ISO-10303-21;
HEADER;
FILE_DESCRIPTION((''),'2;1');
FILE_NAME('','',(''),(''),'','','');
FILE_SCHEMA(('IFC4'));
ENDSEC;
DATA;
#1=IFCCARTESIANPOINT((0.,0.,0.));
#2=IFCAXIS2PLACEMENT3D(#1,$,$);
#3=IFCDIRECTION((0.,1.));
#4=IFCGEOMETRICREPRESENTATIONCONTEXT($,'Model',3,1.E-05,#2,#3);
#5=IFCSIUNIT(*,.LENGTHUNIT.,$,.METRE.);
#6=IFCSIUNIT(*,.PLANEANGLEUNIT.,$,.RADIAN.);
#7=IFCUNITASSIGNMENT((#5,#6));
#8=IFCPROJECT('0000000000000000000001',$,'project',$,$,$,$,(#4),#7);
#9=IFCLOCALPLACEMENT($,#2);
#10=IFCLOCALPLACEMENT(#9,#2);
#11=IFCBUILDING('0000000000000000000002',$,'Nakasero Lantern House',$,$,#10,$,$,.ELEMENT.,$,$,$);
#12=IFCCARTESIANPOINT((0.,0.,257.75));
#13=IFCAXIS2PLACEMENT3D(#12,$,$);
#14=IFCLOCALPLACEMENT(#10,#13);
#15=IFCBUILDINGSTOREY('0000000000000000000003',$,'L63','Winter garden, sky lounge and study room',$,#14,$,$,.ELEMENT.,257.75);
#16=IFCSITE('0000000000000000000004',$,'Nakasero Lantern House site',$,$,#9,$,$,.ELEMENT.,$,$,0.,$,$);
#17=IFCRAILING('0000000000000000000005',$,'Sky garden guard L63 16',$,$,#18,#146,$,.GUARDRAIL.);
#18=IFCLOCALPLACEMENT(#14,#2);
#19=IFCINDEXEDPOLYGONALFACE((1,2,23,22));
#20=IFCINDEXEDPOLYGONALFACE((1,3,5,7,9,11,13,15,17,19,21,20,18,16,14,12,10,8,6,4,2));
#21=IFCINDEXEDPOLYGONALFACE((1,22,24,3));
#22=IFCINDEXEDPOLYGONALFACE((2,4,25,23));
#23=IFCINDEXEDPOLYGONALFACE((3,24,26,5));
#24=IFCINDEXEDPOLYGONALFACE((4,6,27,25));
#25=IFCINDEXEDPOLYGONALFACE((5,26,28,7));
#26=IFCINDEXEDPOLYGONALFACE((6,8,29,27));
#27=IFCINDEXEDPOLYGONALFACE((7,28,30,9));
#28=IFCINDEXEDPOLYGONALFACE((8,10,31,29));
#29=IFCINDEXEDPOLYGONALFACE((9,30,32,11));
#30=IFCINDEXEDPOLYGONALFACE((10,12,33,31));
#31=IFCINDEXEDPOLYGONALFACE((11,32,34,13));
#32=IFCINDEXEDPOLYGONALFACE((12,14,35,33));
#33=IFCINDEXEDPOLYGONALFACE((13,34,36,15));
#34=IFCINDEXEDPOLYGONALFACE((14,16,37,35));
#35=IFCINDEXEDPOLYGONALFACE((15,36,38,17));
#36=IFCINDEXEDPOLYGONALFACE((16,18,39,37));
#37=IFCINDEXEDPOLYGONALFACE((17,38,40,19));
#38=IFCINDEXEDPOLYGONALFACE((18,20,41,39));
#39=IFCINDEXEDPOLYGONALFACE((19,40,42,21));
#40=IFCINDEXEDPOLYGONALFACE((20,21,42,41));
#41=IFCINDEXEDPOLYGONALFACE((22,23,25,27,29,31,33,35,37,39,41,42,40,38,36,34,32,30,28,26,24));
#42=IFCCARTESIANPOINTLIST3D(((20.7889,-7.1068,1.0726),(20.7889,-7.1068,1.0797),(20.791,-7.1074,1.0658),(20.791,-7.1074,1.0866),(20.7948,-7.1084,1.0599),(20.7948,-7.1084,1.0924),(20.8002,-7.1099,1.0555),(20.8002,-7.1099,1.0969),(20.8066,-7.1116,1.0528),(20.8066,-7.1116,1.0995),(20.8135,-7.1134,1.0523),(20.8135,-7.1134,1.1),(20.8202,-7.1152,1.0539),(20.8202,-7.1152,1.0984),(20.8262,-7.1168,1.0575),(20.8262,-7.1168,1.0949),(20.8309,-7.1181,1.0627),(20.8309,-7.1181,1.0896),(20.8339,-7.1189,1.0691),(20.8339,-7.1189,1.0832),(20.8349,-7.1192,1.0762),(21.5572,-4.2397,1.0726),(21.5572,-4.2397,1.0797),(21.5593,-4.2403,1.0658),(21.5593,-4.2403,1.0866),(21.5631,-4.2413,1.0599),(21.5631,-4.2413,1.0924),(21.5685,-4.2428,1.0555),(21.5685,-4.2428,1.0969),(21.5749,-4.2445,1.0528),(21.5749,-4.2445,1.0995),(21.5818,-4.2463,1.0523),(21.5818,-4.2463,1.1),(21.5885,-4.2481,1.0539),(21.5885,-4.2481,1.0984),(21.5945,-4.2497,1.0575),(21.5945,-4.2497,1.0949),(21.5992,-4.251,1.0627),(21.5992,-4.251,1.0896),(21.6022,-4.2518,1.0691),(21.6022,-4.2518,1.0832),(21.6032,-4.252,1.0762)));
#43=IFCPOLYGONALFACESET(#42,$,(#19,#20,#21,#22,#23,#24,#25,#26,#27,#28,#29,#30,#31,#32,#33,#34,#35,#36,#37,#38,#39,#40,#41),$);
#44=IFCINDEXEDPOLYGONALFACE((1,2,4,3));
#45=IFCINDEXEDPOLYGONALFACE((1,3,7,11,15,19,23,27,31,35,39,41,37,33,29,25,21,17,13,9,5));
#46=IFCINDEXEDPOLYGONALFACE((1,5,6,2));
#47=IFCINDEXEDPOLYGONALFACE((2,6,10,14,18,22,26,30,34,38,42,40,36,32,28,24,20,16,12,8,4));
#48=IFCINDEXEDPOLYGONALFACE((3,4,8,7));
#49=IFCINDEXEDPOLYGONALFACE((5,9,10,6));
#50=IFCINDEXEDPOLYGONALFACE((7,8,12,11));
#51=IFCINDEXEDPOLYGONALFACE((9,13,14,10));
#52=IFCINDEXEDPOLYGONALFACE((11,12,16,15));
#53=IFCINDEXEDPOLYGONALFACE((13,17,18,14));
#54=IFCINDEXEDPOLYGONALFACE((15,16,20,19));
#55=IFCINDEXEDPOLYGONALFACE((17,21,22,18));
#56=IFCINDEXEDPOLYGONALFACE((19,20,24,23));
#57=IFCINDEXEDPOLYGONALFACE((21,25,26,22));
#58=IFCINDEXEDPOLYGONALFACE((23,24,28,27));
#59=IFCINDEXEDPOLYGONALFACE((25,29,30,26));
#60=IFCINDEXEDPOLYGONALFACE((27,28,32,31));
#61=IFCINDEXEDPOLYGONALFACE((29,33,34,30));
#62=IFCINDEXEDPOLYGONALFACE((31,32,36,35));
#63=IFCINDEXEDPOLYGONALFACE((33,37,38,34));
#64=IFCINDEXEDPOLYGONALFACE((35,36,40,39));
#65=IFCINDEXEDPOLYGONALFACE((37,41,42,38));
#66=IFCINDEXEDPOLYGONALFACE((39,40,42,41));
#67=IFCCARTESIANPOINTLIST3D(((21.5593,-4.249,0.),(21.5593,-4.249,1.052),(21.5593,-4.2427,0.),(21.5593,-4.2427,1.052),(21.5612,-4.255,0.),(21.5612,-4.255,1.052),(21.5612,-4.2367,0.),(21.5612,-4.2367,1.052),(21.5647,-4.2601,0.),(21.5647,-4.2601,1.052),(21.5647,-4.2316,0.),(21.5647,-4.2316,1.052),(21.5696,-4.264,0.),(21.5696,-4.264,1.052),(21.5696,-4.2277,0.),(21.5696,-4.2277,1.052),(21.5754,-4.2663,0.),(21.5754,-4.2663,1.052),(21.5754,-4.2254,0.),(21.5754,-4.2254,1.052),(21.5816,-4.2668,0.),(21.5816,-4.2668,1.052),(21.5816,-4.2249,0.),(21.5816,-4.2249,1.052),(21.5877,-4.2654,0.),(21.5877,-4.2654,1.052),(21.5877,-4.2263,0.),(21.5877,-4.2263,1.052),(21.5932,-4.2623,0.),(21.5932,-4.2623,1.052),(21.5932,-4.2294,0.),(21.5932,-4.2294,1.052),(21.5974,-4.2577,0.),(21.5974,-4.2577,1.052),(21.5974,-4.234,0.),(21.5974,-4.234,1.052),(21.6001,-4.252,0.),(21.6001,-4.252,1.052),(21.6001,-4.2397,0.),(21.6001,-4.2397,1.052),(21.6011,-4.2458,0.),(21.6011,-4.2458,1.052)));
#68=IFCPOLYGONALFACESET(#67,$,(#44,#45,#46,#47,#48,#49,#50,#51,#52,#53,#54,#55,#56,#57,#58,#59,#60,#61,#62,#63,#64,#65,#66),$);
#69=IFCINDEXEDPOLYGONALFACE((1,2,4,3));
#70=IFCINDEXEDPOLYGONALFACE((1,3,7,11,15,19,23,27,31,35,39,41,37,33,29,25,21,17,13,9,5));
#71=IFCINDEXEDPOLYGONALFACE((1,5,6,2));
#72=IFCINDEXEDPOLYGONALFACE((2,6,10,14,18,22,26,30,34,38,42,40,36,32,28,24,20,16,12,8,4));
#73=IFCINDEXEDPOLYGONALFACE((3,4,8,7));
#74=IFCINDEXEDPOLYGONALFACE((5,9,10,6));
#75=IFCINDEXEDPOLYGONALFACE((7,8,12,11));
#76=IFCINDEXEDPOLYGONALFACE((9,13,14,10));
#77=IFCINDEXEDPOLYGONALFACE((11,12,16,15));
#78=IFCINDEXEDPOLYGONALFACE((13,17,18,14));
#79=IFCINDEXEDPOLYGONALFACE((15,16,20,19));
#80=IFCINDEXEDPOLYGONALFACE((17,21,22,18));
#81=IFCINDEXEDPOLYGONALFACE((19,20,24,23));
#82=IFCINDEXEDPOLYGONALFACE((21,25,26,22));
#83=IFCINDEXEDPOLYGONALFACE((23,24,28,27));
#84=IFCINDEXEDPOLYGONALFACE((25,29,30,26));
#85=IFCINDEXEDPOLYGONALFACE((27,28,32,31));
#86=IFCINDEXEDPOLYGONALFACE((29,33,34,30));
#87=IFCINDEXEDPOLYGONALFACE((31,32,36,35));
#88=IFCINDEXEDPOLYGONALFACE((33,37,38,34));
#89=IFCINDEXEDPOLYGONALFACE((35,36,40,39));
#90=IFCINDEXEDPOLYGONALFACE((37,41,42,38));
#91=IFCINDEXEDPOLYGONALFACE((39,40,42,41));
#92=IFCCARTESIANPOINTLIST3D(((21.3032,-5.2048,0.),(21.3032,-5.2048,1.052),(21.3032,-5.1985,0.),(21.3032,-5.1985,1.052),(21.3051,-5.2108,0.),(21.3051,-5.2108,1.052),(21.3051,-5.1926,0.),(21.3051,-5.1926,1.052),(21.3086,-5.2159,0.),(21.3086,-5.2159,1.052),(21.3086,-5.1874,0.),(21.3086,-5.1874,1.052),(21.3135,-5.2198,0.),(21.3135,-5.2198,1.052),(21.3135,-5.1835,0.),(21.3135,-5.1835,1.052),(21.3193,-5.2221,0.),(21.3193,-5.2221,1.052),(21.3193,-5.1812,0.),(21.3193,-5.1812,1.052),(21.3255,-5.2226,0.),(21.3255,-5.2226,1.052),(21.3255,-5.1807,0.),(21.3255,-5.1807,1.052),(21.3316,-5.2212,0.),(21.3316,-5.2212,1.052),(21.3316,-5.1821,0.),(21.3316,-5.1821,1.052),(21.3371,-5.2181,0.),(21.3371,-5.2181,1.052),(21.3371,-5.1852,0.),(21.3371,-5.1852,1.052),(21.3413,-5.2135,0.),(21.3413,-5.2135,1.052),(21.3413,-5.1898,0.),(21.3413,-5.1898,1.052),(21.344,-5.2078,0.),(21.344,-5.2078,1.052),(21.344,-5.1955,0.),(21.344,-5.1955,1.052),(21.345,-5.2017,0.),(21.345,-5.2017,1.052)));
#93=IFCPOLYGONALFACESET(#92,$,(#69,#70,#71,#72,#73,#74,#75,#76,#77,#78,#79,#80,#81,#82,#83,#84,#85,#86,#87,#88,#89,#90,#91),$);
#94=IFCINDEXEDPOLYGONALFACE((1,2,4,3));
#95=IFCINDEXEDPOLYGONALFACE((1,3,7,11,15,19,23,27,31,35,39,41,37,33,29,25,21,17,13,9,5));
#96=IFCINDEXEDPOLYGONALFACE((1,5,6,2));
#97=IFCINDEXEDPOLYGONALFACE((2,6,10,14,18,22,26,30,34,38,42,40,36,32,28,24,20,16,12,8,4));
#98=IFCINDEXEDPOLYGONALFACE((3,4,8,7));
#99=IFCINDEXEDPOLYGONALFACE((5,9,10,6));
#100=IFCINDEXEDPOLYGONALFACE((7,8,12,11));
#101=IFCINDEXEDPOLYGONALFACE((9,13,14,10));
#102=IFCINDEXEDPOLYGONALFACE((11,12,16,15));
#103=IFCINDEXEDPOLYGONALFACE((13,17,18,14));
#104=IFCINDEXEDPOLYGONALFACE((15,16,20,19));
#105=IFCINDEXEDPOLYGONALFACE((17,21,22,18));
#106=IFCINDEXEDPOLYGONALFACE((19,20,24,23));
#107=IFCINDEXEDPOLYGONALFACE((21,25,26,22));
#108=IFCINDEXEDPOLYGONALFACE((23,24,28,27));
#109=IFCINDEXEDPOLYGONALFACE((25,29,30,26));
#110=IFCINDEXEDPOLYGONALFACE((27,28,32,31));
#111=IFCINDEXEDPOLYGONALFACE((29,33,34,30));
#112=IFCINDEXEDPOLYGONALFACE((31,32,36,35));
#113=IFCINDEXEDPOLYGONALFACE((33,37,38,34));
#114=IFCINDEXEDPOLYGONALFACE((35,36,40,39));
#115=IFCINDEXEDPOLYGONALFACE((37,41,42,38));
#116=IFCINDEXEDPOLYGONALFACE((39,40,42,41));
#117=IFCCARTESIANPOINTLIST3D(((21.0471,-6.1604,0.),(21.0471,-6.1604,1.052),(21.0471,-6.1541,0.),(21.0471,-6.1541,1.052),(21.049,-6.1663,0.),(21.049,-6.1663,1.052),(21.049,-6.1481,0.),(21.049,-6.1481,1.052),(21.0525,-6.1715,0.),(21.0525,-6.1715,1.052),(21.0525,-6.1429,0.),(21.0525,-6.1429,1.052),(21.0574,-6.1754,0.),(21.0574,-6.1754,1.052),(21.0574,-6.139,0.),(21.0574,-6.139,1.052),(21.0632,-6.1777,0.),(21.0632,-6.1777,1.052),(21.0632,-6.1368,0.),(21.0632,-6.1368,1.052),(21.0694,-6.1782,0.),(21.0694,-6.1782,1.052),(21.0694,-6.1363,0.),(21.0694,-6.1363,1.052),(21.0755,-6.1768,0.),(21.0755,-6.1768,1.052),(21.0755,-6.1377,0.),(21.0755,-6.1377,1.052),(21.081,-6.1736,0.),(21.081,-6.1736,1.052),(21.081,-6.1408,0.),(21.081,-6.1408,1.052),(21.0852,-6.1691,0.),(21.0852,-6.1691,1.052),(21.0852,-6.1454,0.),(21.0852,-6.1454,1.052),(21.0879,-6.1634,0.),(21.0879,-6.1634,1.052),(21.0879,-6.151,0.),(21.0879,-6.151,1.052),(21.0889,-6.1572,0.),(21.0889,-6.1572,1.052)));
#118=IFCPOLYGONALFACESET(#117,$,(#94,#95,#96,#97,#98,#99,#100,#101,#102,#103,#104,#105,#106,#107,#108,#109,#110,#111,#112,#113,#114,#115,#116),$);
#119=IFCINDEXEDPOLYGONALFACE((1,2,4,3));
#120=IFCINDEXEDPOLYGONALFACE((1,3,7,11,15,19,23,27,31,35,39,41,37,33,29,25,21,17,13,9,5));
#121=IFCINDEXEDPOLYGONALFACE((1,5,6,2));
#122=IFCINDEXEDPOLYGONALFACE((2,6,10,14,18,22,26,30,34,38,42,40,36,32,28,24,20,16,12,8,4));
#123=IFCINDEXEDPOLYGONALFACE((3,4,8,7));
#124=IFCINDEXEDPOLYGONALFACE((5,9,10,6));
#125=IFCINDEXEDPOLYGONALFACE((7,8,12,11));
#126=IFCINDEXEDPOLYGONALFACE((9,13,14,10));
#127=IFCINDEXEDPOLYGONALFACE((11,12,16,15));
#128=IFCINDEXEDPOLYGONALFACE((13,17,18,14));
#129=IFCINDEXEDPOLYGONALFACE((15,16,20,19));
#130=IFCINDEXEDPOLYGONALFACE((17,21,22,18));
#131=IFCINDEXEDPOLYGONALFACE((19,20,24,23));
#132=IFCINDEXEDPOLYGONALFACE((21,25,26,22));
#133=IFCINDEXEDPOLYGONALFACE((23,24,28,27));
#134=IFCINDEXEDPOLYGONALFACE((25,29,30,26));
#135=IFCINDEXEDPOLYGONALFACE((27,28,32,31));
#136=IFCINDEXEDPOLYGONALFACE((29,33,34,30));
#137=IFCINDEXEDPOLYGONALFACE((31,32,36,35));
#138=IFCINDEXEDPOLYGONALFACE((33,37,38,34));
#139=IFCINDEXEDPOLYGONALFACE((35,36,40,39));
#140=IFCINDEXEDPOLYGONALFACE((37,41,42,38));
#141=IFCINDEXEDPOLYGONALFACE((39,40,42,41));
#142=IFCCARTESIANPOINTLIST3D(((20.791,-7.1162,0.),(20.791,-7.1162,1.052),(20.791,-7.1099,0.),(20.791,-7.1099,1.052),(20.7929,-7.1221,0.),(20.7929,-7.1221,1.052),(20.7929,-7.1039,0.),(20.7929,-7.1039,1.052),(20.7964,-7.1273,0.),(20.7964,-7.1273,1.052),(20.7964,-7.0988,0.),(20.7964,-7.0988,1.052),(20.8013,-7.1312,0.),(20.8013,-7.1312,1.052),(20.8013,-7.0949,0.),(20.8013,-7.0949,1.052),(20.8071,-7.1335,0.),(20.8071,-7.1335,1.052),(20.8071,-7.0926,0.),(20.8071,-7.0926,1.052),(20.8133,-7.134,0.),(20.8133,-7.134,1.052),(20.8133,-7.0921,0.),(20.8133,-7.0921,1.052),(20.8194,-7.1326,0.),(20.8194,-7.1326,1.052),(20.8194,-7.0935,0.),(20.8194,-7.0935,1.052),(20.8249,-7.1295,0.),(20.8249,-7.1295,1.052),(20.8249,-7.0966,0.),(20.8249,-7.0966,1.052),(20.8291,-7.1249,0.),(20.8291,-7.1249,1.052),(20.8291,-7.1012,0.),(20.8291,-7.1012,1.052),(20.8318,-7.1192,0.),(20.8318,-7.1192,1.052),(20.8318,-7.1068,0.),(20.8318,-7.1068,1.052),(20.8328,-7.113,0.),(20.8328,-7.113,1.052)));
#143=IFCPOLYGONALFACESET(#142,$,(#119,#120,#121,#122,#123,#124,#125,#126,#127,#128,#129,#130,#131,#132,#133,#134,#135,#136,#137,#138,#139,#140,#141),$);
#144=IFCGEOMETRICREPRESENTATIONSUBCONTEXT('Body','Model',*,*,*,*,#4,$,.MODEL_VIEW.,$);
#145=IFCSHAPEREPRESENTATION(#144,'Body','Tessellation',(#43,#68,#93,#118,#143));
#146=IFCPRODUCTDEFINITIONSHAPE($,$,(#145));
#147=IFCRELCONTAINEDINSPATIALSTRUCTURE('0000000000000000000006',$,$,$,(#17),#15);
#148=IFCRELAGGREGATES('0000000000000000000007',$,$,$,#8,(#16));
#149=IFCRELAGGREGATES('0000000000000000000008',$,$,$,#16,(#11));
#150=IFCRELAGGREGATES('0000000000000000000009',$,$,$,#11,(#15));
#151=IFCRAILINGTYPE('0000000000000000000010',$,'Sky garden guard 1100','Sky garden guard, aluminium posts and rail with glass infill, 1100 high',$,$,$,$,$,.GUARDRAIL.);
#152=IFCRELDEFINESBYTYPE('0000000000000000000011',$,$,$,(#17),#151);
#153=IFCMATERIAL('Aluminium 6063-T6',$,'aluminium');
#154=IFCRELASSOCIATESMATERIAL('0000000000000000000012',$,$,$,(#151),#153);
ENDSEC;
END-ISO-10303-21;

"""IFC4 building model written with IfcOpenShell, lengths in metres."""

from ifc_helpers import new_model, si_unit, direction, frame, origin, origin_2d, place, context, subcontext, project, spatial, circle, extrude, material, type_object, element, save


model = new_model("IFC4")

# Units and contexts
model_context = context("Model", 3, precision=1e-05, world=origin(), true_north=direction((0.0, 1.0)))
body_context = subcontext(model_context, "Body", "Model", "MODEL_VIEW")
ifc_project = project(units=[si_unit("LENGTHUNIT", "METRE"), si_unit("PLANEANGLEUNIT", "RADIAN")], contexts=[model_context])

# Site, building, storey
site_placement = place(None, origin())
site = spatial("IfcSite", under=ifc_project, at=site_placement, Name="Nakasero Lantern House site", CompositionType="ELEMENT", RefElevation=0.0)
building_placement = place(site_placement, origin())
building = spatial("IfcBuilding", under=site, at=building_placement, Name="Nakasero Lantern House", CompositionType="ELEMENT")
storey_placement = place(building_placement, frame((0.0, 0.0, 257.75)))
storey = spatial("IfcBuildingStorey", under=building, at=storey_placement, Name="L63", Description="Winter garden, sky lounge and study room", CompositionType="ELEMENT", Elevation=257.75)

# Railing
ifc_material_1 = material(Name="Aluminium 6063-T6", Category="aluminium")
railing_type = type_object("IfcRailingType", Name="Sky garden guard 1100", Description="Sky garden guard, aluminium posts and rail with glass infill, 1100 high", PredefinedType="GUARDRAIL", material=ifc_material_1)
railing_1_placement = place(storey_placement, frame((21.5801, -4.2458, 0.0)))
element("IfcRailing", 1, at=railing_1_placement, inside=storey, type_object=railing_type, Name="Sky garden guard L63 16", PredefinedType="GUARDRAIL", context=body_context, shape_type="SweptSolid", body=[
    extrude(circle(Radius=0.0239, at=origin_2d()), frame((0.0, 0.0, 1.0762), z_axis=(-0.258835, -0.965922, 0.0), x_axis=(0.965922, -0.258835, 0.0)), (0.0, 0.0, 1.0), 2.9683),
    extrude(circle(Radius=0.021, at=origin_2d()), origin(), (0.0, 0.0, 1.0), 1.052),
    extrude(circle(Radius=0.021, at=origin_2d()), frame((-0.2561, -0.9558, 0.0)), (0.0, 0.0, 1.0), 1.052),
    extrude(circle(Radius=0.021, at=origin_2d()), frame((-0.5122, -1.9114, 0.0)), (0.0, 0.0, 1.0), 1.052),
    extrude(circle(Radius=0.021, at=origin_2d()), frame((-0.7683, -2.8672, 0.0)), (0.0, 0.0, 1.0), 1.052),
])

save(model, "model.ifc")
